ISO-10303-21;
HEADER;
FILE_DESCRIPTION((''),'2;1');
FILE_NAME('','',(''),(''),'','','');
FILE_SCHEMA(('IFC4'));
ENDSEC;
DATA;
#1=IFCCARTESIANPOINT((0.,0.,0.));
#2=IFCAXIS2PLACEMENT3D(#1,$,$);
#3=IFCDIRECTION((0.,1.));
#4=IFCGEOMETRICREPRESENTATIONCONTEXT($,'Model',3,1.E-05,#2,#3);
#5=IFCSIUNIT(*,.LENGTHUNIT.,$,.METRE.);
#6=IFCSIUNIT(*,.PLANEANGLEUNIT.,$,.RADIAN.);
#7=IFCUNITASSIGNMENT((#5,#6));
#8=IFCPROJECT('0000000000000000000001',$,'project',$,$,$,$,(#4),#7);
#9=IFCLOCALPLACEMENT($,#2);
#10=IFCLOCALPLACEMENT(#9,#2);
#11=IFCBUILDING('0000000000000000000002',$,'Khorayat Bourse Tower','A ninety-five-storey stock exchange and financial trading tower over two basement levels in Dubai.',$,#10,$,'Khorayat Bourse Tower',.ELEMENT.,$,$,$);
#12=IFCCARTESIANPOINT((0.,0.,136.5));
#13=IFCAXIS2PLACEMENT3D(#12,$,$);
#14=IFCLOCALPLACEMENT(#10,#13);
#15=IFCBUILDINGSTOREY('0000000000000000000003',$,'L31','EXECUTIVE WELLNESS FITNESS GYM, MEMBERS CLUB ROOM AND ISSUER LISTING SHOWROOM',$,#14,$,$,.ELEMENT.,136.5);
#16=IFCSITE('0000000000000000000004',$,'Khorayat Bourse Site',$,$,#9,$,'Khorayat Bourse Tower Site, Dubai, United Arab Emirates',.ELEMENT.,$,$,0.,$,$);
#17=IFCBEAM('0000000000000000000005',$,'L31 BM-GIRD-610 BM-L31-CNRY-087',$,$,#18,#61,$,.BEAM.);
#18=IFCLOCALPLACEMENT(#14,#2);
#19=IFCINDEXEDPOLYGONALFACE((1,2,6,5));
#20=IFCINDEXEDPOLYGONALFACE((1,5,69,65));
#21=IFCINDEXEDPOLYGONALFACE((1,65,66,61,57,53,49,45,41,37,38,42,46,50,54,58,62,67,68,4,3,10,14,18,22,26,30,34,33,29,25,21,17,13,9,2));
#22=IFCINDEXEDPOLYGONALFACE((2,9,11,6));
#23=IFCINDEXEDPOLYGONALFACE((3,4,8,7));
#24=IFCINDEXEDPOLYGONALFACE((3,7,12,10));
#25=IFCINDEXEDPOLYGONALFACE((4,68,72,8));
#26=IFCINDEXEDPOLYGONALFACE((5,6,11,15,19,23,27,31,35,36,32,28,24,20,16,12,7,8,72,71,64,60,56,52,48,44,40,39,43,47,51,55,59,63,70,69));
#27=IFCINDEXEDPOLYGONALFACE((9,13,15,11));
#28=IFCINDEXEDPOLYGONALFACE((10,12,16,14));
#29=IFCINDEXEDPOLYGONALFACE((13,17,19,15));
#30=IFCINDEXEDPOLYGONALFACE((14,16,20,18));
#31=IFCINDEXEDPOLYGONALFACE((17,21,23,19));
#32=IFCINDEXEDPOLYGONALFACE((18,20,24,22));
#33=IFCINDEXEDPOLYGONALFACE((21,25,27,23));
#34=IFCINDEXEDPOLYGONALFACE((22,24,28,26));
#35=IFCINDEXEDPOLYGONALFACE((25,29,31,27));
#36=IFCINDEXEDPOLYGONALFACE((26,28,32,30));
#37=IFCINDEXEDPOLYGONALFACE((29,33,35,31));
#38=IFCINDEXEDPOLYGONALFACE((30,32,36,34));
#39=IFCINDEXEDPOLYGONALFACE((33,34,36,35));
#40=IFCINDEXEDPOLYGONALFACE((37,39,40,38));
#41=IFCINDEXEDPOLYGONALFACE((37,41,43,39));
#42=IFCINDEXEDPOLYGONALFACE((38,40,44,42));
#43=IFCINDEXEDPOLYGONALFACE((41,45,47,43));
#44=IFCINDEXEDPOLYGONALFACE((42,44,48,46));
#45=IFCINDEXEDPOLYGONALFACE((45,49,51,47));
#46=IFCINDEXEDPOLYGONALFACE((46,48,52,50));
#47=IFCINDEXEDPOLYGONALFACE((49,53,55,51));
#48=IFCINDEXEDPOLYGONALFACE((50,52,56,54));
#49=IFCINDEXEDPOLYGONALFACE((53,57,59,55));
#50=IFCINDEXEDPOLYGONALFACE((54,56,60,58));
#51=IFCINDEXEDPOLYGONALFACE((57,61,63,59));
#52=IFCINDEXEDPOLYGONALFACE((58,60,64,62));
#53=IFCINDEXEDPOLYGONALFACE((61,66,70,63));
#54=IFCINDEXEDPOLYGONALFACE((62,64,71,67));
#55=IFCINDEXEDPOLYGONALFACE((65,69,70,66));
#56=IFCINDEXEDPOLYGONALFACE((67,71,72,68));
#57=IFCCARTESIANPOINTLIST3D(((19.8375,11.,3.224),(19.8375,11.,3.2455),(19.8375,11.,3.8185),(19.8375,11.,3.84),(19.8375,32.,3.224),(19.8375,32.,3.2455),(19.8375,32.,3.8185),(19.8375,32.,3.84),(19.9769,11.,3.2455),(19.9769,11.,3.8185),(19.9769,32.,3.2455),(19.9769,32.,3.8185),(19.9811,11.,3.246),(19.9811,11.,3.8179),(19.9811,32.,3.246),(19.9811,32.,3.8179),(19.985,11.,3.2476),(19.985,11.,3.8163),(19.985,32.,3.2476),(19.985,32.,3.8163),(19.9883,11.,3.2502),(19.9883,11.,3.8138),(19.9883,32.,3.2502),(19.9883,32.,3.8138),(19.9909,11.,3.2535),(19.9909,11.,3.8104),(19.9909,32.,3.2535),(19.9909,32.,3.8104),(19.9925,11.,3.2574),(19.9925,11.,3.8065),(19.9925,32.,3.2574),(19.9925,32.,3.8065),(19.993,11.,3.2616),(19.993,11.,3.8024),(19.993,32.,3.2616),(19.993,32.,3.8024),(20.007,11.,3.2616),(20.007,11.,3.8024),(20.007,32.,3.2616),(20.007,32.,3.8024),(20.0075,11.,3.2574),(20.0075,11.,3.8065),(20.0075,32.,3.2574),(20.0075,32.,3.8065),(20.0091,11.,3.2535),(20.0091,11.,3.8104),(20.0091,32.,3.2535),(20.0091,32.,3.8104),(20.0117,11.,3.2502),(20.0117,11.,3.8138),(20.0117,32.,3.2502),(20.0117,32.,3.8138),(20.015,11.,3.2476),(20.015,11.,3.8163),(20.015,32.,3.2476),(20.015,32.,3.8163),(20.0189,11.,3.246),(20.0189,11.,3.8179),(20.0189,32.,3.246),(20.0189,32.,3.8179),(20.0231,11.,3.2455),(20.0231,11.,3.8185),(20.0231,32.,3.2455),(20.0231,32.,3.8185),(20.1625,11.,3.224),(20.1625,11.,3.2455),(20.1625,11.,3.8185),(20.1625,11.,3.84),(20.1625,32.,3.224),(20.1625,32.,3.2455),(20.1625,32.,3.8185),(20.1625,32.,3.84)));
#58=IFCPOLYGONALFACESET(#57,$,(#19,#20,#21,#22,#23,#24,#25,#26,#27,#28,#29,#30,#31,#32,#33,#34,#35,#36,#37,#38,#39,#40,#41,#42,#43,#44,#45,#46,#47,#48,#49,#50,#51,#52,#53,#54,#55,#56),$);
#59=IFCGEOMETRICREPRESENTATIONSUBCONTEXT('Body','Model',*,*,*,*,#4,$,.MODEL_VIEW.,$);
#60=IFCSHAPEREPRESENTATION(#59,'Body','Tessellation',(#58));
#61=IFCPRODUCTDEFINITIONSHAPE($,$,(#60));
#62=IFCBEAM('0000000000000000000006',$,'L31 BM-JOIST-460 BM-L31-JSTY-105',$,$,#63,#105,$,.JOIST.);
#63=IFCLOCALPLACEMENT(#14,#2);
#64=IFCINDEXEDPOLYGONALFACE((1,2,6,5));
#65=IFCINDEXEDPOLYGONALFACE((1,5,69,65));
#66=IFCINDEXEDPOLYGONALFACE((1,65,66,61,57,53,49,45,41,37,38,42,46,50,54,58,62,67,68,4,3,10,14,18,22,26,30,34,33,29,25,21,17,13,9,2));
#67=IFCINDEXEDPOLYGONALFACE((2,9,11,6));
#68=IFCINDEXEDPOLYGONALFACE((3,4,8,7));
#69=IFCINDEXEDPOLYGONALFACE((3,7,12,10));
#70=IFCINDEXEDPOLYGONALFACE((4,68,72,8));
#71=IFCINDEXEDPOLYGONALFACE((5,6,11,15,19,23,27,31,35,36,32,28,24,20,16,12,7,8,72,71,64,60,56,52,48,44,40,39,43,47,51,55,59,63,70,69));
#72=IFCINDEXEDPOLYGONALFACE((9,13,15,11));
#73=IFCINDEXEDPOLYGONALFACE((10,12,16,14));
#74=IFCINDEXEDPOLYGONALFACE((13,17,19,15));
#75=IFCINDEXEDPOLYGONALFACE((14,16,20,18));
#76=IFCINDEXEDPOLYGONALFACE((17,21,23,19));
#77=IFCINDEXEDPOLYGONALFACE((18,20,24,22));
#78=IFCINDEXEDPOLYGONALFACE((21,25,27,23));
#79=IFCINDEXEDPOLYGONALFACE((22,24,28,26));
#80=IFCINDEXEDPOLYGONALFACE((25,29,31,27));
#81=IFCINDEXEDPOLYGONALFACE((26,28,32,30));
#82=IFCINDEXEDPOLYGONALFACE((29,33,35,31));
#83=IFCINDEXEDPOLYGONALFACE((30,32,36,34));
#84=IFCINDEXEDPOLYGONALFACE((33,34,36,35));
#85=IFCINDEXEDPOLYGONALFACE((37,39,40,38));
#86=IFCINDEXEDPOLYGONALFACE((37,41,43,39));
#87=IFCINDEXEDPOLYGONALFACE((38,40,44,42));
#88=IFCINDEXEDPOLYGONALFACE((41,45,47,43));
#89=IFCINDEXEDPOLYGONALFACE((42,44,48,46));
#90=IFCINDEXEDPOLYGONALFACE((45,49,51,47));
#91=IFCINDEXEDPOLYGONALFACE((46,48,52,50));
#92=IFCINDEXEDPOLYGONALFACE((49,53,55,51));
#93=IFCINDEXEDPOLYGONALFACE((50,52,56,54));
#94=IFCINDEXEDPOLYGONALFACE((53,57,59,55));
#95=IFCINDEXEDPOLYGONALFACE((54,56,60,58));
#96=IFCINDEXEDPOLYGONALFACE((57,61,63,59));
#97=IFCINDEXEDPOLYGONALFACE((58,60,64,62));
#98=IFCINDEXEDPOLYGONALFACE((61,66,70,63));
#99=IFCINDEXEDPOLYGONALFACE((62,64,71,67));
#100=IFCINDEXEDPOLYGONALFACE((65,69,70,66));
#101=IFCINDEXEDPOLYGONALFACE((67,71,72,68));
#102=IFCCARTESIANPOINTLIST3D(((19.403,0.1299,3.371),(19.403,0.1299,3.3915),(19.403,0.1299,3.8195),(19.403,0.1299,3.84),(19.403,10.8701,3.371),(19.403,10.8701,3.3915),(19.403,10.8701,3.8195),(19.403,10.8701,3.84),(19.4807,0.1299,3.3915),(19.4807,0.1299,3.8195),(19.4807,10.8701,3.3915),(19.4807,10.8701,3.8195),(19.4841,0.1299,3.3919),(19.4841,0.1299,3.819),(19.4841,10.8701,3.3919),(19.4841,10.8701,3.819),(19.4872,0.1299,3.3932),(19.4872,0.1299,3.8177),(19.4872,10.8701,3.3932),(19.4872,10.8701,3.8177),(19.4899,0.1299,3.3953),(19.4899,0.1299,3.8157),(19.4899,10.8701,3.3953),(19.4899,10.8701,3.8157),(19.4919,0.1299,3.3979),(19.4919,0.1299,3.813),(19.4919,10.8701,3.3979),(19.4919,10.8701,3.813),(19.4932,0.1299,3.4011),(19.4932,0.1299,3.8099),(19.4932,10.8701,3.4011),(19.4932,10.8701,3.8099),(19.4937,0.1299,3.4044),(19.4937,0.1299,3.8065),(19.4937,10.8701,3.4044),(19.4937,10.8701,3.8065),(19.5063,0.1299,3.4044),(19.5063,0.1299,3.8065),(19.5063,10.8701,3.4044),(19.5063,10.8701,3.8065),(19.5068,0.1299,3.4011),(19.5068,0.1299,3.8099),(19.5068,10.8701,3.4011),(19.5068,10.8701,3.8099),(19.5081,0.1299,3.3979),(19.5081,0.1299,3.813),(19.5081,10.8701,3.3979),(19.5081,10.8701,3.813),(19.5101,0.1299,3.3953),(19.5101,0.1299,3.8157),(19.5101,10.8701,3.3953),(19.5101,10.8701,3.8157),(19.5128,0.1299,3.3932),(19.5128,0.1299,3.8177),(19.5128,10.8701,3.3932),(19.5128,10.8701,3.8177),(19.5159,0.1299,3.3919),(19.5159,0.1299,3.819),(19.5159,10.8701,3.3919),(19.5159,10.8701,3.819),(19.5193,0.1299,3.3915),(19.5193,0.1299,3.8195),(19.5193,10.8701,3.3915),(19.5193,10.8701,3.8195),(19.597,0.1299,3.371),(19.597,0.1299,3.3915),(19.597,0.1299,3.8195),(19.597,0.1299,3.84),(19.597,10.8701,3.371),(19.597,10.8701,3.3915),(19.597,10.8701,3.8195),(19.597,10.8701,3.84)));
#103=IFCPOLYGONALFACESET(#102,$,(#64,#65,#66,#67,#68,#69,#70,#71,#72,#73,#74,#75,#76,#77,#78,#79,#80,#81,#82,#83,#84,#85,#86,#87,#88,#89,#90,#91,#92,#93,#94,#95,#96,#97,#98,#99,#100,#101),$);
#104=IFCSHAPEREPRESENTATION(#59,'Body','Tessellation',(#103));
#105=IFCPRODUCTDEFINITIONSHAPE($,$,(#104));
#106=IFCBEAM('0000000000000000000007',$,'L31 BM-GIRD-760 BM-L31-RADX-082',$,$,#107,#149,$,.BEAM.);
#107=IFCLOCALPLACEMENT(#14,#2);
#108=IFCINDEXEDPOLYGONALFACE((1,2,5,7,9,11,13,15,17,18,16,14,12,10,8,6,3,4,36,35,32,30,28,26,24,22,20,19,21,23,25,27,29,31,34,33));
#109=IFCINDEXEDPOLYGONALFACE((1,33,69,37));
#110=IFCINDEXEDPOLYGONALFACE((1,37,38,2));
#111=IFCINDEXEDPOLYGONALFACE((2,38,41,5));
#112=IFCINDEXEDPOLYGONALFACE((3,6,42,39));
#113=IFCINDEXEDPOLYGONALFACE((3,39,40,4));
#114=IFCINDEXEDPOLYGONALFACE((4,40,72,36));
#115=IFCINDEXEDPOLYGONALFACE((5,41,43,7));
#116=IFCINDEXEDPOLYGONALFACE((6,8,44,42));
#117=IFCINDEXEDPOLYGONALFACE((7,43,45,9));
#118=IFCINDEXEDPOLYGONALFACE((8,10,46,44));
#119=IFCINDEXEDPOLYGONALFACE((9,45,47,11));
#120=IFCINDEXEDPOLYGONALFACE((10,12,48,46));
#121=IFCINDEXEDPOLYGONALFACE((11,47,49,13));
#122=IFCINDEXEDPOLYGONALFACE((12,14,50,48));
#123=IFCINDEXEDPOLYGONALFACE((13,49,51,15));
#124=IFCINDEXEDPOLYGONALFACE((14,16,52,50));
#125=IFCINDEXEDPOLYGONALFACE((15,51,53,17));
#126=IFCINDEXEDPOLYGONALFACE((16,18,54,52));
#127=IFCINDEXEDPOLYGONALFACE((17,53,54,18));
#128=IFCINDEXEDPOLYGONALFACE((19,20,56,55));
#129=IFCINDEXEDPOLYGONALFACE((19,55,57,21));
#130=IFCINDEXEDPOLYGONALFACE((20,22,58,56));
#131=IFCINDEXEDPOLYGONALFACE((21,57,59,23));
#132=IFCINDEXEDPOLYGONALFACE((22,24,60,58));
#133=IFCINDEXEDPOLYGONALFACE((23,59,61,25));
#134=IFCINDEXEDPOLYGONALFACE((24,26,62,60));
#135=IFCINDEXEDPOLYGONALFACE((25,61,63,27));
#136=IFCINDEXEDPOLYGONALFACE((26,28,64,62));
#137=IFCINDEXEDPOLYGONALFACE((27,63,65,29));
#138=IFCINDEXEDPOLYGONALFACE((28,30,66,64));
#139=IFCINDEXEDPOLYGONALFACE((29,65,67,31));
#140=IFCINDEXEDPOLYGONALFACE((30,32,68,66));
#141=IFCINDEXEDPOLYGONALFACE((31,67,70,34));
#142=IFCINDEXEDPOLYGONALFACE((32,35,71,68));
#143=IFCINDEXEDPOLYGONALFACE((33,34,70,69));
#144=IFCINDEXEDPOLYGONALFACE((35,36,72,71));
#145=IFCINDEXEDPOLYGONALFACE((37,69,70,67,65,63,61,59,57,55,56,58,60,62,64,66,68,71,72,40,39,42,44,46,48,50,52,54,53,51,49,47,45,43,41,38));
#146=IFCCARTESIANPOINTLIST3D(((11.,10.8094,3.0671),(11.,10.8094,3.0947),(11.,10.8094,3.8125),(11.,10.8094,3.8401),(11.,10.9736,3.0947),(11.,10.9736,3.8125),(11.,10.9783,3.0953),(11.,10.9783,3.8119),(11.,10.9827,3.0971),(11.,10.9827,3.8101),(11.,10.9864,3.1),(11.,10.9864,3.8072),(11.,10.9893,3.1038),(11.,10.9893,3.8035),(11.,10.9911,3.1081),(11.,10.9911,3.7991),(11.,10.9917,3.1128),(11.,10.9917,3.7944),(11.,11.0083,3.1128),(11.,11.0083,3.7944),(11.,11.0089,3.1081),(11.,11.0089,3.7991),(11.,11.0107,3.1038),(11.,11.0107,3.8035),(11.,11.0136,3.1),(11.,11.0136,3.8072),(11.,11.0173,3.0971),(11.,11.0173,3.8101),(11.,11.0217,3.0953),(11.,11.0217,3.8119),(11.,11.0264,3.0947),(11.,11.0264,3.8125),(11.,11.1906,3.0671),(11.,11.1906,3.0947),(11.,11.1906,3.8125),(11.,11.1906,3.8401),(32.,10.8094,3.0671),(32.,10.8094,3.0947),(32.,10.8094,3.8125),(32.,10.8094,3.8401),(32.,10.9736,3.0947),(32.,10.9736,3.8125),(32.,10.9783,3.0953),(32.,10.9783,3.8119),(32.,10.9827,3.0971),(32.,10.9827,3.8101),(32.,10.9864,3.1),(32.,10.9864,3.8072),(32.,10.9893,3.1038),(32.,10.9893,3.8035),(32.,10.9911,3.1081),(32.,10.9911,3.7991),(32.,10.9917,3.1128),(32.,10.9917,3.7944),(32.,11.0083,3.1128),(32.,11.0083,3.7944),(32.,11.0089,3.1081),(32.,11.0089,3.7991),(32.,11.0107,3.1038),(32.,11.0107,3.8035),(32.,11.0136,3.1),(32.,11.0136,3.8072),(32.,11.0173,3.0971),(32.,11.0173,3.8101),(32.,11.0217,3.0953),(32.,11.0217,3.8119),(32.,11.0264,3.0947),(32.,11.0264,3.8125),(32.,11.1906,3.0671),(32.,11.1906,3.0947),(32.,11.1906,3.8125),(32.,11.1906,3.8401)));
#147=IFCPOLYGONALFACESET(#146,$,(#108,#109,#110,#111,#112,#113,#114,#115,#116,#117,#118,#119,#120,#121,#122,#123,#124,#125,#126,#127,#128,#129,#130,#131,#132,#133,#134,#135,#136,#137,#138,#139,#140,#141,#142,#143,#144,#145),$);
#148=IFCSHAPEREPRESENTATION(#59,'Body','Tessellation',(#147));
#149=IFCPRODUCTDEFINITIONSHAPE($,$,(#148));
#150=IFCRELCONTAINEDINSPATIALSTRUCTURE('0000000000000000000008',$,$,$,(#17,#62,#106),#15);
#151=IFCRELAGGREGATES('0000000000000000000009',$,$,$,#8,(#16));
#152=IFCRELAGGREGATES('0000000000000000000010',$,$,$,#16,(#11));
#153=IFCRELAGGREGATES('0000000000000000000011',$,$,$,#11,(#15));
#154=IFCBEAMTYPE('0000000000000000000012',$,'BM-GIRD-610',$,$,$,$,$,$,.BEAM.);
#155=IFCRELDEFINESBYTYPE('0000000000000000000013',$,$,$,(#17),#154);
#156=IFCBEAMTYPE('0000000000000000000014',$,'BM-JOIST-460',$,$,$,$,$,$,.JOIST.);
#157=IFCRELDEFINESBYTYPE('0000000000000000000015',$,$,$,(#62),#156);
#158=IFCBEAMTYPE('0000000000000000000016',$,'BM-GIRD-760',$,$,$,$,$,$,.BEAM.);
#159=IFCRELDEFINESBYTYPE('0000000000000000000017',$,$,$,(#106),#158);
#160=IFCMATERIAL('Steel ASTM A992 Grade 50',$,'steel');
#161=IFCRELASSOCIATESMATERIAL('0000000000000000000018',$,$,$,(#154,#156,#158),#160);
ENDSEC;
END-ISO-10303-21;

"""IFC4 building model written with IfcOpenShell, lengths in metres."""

from ifc_helpers import new_model, si_unit, direction, frame, origin, origin_2d, place, context, subcontext, project, spatial, i_section, extrude, source, transform, mapped, material, material_profile, profile_set, type_object, element, save


model = new_model("IFC4")

# Units and contexts
model_context = context("Model", 3, precision=1e-05, world=origin(), true_north=direction((0.0, 1.0)))
body_context = subcontext(model_context, "Body", "Model", "MODEL_VIEW")
ifc_project = project(units=[si_unit("LENGTHUNIT", "METRE"), si_unit("PLANEANGLEUNIT", "RADIAN")], contexts=[model_context])

# Site, building, storey
site_placement = place(None, origin())
site = spatial("IfcSite", under=ifc_project, at=site_placement, Name="Khorayat Bourse Site", LongName="Khorayat Bourse Tower Site, Dubai, United Arab Emirates", CompositionType="ELEMENT", RefElevation=0.0)
building_placement = place(site_placement, origin())
building = spatial("IfcBuilding", under=site, at=building_placement, Name="Khorayat Bourse Tower", Description="A ninety-five-storey stock exchange and financial trading tower over two basement levels in Dubai.", LongName="Khorayat Bourse Tower", CompositionType="ELEMENT")
storey_placement = place(building_placement, frame((0.0, 0.0, 136.5)))
storey = spatial("IfcBuildingStorey", under=building, at=storey_placement, Name="L31", Description="EXECUTIVE WELLNESS FITNESS GYM, MEMBERS CLUB ROOM AND ISSUER LISTING SHOWROOM", CompositionType="ELEMENT", Elevation=136.5)

# Beams
ifc_material_1 = material(Name="Steel ASTM A992 Grade 50", Category="steel")
ifc_material_profile_1 = material_profile(ifc_material_1, i_section(OverallWidth=0.325, OverallDepth=0.616, WebThickness=0.0139, FlangeThickness=0.0215, FilletRadius=0.0161, at=origin_2d()), Name="W610X174")
ifc_profile_set_1 = profile_set([ifc_material_profile_1], Name="Steel ASTM A992 Grade 50")
beam_type_1 = type_object("IfcBeamType", Name="BM-GIRD-610", PredefinedType="BEAM", material=ifc_profile_set_1)
shared_shape_1 = source(origin(), body_context, "Body", "SweptSolid", [
    extrude(i_section(OverallWidth=0.325, OverallDepth=0.616, WebThickness=0.0139, FlangeThickness=0.0215, FilletRadius=0.0161, at=origin_2d()), origin(), (0.0, 0.0, 1.0), 21.0),
])
beam_1_placement = place(storey_placement, frame((20.0, 11.0, 3.532), z_axis=(0.0, 1.0, 0.0), x_axis=(-1.0, 0.0, 0.0)))
element("IfcBeam", 1, at=beam_1_placement, inside=storey, type_object=beam_type_1, Name="L31 BM-GIRD-610 BM-L31-CNRY-087", PredefinedType="BEAM", context=body_context, shape_type="MappedRepresentation", body=[
    mapped(shared_shape_1, transform((0.0, 0.0, 0.0), scale=1.0)),
])
ifc_material_profile_2 = material_profile(ifc_material_1, i_section(OverallWidth=0.1941, OverallDepth=0.469, WebThickness=0.0127, FlangeThickness=0.0205, FilletRadius=0.0129, at=origin_2d()), Name="W460X106")
ifc_profile_set_2 = profile_set([ifc_material_profile_2], Name="Steel ASTM A992 Grade 50")
beam_type_2 = type_object("IfcBeamType", Name="BM-JOIST-460", PredefinedType="JOIST", material=ifc_profile_set_2)
shared_shape_2 = source(origin(), body_context, "Body", "SweptSolid", [
    extrude(i_section(OverallWidth=0.1941, OverallDepth=0.469, WebThickness=0.0127, FlangeThickness=0.0205, FilletRadius=0.0129, at=origin_2d()), origin(), (0.0, 0.0, 1.0), 10.7402),
])
beam_2_placement = place(storey_placement, frame((19.5, 0.1299, 3.6055), z_axis=(0.0, 1.0, 0.0), x_axis=(-1.0, 0.0, 0.0)))
element("IfcBeam", 2, at=beam_2_placement, inside=storey, type_object=beam_type_2, Name="L31 BM-JOIST-460 BM-L31-JSTY-105", PredefinedType="JOIST", context=body_context, shape_type="MappedRepresentation", body=[
    mapped(shared_shape_2, transform((0.0, 0.0, 0.0), scale=1.0)),
])
ifc_material_profile_3 = material_profile(ifc_material_1, i_section(OverallWidth=0.3811, OverallDepth=0.7729, WebThickness=0.0166, FlangeThickness=0.0276, FilletRadius=0.0181, at=origin_2d()), Name="W760X257")
ifc_profile_set_3 = profile_set([ifc_material_profile_3], Name="Steel ASTM A992 Grade 50")
beam_type_3 = type_object("IfcBeamType", Name="BM-GIRD-760", PredefinedType="BEAM", material=ifc_profile_set_3)
shared_shape_3 = source(origin(), body_context, "Body", "SweptSolid", [
    extrude(i_section(OverallWidth=0.3811, OverallDepth=0.7729, WebThickness=0.0166, FlangeThickness=0.0276, FilletRadius=0.0181, at=origin_2d()), origin(), (0.0, 0.0, 1.0), 21.0),
])
beam_3_placement = place(storey_placement, frame((11.0, 11.0, 3.4536), z_axis=(1.0, 0.0, 0.0), x_axis=(0.0, 1.0, 0.0)))
element("IfcBeam", 3, at=beam_3_placement, inside=storey, type_object=beam_type_3, Name="L31 BM-GIRD-760 BM-L31-RADX-082", PredefinedType="BEAM", context=body_context, shape_type="MappedRepresentation", body=[
    mapped(shared_shape_3, transform((0.0, 0.0, 0.0), scale=1.0)),
])

save(model, "model.ifc")
